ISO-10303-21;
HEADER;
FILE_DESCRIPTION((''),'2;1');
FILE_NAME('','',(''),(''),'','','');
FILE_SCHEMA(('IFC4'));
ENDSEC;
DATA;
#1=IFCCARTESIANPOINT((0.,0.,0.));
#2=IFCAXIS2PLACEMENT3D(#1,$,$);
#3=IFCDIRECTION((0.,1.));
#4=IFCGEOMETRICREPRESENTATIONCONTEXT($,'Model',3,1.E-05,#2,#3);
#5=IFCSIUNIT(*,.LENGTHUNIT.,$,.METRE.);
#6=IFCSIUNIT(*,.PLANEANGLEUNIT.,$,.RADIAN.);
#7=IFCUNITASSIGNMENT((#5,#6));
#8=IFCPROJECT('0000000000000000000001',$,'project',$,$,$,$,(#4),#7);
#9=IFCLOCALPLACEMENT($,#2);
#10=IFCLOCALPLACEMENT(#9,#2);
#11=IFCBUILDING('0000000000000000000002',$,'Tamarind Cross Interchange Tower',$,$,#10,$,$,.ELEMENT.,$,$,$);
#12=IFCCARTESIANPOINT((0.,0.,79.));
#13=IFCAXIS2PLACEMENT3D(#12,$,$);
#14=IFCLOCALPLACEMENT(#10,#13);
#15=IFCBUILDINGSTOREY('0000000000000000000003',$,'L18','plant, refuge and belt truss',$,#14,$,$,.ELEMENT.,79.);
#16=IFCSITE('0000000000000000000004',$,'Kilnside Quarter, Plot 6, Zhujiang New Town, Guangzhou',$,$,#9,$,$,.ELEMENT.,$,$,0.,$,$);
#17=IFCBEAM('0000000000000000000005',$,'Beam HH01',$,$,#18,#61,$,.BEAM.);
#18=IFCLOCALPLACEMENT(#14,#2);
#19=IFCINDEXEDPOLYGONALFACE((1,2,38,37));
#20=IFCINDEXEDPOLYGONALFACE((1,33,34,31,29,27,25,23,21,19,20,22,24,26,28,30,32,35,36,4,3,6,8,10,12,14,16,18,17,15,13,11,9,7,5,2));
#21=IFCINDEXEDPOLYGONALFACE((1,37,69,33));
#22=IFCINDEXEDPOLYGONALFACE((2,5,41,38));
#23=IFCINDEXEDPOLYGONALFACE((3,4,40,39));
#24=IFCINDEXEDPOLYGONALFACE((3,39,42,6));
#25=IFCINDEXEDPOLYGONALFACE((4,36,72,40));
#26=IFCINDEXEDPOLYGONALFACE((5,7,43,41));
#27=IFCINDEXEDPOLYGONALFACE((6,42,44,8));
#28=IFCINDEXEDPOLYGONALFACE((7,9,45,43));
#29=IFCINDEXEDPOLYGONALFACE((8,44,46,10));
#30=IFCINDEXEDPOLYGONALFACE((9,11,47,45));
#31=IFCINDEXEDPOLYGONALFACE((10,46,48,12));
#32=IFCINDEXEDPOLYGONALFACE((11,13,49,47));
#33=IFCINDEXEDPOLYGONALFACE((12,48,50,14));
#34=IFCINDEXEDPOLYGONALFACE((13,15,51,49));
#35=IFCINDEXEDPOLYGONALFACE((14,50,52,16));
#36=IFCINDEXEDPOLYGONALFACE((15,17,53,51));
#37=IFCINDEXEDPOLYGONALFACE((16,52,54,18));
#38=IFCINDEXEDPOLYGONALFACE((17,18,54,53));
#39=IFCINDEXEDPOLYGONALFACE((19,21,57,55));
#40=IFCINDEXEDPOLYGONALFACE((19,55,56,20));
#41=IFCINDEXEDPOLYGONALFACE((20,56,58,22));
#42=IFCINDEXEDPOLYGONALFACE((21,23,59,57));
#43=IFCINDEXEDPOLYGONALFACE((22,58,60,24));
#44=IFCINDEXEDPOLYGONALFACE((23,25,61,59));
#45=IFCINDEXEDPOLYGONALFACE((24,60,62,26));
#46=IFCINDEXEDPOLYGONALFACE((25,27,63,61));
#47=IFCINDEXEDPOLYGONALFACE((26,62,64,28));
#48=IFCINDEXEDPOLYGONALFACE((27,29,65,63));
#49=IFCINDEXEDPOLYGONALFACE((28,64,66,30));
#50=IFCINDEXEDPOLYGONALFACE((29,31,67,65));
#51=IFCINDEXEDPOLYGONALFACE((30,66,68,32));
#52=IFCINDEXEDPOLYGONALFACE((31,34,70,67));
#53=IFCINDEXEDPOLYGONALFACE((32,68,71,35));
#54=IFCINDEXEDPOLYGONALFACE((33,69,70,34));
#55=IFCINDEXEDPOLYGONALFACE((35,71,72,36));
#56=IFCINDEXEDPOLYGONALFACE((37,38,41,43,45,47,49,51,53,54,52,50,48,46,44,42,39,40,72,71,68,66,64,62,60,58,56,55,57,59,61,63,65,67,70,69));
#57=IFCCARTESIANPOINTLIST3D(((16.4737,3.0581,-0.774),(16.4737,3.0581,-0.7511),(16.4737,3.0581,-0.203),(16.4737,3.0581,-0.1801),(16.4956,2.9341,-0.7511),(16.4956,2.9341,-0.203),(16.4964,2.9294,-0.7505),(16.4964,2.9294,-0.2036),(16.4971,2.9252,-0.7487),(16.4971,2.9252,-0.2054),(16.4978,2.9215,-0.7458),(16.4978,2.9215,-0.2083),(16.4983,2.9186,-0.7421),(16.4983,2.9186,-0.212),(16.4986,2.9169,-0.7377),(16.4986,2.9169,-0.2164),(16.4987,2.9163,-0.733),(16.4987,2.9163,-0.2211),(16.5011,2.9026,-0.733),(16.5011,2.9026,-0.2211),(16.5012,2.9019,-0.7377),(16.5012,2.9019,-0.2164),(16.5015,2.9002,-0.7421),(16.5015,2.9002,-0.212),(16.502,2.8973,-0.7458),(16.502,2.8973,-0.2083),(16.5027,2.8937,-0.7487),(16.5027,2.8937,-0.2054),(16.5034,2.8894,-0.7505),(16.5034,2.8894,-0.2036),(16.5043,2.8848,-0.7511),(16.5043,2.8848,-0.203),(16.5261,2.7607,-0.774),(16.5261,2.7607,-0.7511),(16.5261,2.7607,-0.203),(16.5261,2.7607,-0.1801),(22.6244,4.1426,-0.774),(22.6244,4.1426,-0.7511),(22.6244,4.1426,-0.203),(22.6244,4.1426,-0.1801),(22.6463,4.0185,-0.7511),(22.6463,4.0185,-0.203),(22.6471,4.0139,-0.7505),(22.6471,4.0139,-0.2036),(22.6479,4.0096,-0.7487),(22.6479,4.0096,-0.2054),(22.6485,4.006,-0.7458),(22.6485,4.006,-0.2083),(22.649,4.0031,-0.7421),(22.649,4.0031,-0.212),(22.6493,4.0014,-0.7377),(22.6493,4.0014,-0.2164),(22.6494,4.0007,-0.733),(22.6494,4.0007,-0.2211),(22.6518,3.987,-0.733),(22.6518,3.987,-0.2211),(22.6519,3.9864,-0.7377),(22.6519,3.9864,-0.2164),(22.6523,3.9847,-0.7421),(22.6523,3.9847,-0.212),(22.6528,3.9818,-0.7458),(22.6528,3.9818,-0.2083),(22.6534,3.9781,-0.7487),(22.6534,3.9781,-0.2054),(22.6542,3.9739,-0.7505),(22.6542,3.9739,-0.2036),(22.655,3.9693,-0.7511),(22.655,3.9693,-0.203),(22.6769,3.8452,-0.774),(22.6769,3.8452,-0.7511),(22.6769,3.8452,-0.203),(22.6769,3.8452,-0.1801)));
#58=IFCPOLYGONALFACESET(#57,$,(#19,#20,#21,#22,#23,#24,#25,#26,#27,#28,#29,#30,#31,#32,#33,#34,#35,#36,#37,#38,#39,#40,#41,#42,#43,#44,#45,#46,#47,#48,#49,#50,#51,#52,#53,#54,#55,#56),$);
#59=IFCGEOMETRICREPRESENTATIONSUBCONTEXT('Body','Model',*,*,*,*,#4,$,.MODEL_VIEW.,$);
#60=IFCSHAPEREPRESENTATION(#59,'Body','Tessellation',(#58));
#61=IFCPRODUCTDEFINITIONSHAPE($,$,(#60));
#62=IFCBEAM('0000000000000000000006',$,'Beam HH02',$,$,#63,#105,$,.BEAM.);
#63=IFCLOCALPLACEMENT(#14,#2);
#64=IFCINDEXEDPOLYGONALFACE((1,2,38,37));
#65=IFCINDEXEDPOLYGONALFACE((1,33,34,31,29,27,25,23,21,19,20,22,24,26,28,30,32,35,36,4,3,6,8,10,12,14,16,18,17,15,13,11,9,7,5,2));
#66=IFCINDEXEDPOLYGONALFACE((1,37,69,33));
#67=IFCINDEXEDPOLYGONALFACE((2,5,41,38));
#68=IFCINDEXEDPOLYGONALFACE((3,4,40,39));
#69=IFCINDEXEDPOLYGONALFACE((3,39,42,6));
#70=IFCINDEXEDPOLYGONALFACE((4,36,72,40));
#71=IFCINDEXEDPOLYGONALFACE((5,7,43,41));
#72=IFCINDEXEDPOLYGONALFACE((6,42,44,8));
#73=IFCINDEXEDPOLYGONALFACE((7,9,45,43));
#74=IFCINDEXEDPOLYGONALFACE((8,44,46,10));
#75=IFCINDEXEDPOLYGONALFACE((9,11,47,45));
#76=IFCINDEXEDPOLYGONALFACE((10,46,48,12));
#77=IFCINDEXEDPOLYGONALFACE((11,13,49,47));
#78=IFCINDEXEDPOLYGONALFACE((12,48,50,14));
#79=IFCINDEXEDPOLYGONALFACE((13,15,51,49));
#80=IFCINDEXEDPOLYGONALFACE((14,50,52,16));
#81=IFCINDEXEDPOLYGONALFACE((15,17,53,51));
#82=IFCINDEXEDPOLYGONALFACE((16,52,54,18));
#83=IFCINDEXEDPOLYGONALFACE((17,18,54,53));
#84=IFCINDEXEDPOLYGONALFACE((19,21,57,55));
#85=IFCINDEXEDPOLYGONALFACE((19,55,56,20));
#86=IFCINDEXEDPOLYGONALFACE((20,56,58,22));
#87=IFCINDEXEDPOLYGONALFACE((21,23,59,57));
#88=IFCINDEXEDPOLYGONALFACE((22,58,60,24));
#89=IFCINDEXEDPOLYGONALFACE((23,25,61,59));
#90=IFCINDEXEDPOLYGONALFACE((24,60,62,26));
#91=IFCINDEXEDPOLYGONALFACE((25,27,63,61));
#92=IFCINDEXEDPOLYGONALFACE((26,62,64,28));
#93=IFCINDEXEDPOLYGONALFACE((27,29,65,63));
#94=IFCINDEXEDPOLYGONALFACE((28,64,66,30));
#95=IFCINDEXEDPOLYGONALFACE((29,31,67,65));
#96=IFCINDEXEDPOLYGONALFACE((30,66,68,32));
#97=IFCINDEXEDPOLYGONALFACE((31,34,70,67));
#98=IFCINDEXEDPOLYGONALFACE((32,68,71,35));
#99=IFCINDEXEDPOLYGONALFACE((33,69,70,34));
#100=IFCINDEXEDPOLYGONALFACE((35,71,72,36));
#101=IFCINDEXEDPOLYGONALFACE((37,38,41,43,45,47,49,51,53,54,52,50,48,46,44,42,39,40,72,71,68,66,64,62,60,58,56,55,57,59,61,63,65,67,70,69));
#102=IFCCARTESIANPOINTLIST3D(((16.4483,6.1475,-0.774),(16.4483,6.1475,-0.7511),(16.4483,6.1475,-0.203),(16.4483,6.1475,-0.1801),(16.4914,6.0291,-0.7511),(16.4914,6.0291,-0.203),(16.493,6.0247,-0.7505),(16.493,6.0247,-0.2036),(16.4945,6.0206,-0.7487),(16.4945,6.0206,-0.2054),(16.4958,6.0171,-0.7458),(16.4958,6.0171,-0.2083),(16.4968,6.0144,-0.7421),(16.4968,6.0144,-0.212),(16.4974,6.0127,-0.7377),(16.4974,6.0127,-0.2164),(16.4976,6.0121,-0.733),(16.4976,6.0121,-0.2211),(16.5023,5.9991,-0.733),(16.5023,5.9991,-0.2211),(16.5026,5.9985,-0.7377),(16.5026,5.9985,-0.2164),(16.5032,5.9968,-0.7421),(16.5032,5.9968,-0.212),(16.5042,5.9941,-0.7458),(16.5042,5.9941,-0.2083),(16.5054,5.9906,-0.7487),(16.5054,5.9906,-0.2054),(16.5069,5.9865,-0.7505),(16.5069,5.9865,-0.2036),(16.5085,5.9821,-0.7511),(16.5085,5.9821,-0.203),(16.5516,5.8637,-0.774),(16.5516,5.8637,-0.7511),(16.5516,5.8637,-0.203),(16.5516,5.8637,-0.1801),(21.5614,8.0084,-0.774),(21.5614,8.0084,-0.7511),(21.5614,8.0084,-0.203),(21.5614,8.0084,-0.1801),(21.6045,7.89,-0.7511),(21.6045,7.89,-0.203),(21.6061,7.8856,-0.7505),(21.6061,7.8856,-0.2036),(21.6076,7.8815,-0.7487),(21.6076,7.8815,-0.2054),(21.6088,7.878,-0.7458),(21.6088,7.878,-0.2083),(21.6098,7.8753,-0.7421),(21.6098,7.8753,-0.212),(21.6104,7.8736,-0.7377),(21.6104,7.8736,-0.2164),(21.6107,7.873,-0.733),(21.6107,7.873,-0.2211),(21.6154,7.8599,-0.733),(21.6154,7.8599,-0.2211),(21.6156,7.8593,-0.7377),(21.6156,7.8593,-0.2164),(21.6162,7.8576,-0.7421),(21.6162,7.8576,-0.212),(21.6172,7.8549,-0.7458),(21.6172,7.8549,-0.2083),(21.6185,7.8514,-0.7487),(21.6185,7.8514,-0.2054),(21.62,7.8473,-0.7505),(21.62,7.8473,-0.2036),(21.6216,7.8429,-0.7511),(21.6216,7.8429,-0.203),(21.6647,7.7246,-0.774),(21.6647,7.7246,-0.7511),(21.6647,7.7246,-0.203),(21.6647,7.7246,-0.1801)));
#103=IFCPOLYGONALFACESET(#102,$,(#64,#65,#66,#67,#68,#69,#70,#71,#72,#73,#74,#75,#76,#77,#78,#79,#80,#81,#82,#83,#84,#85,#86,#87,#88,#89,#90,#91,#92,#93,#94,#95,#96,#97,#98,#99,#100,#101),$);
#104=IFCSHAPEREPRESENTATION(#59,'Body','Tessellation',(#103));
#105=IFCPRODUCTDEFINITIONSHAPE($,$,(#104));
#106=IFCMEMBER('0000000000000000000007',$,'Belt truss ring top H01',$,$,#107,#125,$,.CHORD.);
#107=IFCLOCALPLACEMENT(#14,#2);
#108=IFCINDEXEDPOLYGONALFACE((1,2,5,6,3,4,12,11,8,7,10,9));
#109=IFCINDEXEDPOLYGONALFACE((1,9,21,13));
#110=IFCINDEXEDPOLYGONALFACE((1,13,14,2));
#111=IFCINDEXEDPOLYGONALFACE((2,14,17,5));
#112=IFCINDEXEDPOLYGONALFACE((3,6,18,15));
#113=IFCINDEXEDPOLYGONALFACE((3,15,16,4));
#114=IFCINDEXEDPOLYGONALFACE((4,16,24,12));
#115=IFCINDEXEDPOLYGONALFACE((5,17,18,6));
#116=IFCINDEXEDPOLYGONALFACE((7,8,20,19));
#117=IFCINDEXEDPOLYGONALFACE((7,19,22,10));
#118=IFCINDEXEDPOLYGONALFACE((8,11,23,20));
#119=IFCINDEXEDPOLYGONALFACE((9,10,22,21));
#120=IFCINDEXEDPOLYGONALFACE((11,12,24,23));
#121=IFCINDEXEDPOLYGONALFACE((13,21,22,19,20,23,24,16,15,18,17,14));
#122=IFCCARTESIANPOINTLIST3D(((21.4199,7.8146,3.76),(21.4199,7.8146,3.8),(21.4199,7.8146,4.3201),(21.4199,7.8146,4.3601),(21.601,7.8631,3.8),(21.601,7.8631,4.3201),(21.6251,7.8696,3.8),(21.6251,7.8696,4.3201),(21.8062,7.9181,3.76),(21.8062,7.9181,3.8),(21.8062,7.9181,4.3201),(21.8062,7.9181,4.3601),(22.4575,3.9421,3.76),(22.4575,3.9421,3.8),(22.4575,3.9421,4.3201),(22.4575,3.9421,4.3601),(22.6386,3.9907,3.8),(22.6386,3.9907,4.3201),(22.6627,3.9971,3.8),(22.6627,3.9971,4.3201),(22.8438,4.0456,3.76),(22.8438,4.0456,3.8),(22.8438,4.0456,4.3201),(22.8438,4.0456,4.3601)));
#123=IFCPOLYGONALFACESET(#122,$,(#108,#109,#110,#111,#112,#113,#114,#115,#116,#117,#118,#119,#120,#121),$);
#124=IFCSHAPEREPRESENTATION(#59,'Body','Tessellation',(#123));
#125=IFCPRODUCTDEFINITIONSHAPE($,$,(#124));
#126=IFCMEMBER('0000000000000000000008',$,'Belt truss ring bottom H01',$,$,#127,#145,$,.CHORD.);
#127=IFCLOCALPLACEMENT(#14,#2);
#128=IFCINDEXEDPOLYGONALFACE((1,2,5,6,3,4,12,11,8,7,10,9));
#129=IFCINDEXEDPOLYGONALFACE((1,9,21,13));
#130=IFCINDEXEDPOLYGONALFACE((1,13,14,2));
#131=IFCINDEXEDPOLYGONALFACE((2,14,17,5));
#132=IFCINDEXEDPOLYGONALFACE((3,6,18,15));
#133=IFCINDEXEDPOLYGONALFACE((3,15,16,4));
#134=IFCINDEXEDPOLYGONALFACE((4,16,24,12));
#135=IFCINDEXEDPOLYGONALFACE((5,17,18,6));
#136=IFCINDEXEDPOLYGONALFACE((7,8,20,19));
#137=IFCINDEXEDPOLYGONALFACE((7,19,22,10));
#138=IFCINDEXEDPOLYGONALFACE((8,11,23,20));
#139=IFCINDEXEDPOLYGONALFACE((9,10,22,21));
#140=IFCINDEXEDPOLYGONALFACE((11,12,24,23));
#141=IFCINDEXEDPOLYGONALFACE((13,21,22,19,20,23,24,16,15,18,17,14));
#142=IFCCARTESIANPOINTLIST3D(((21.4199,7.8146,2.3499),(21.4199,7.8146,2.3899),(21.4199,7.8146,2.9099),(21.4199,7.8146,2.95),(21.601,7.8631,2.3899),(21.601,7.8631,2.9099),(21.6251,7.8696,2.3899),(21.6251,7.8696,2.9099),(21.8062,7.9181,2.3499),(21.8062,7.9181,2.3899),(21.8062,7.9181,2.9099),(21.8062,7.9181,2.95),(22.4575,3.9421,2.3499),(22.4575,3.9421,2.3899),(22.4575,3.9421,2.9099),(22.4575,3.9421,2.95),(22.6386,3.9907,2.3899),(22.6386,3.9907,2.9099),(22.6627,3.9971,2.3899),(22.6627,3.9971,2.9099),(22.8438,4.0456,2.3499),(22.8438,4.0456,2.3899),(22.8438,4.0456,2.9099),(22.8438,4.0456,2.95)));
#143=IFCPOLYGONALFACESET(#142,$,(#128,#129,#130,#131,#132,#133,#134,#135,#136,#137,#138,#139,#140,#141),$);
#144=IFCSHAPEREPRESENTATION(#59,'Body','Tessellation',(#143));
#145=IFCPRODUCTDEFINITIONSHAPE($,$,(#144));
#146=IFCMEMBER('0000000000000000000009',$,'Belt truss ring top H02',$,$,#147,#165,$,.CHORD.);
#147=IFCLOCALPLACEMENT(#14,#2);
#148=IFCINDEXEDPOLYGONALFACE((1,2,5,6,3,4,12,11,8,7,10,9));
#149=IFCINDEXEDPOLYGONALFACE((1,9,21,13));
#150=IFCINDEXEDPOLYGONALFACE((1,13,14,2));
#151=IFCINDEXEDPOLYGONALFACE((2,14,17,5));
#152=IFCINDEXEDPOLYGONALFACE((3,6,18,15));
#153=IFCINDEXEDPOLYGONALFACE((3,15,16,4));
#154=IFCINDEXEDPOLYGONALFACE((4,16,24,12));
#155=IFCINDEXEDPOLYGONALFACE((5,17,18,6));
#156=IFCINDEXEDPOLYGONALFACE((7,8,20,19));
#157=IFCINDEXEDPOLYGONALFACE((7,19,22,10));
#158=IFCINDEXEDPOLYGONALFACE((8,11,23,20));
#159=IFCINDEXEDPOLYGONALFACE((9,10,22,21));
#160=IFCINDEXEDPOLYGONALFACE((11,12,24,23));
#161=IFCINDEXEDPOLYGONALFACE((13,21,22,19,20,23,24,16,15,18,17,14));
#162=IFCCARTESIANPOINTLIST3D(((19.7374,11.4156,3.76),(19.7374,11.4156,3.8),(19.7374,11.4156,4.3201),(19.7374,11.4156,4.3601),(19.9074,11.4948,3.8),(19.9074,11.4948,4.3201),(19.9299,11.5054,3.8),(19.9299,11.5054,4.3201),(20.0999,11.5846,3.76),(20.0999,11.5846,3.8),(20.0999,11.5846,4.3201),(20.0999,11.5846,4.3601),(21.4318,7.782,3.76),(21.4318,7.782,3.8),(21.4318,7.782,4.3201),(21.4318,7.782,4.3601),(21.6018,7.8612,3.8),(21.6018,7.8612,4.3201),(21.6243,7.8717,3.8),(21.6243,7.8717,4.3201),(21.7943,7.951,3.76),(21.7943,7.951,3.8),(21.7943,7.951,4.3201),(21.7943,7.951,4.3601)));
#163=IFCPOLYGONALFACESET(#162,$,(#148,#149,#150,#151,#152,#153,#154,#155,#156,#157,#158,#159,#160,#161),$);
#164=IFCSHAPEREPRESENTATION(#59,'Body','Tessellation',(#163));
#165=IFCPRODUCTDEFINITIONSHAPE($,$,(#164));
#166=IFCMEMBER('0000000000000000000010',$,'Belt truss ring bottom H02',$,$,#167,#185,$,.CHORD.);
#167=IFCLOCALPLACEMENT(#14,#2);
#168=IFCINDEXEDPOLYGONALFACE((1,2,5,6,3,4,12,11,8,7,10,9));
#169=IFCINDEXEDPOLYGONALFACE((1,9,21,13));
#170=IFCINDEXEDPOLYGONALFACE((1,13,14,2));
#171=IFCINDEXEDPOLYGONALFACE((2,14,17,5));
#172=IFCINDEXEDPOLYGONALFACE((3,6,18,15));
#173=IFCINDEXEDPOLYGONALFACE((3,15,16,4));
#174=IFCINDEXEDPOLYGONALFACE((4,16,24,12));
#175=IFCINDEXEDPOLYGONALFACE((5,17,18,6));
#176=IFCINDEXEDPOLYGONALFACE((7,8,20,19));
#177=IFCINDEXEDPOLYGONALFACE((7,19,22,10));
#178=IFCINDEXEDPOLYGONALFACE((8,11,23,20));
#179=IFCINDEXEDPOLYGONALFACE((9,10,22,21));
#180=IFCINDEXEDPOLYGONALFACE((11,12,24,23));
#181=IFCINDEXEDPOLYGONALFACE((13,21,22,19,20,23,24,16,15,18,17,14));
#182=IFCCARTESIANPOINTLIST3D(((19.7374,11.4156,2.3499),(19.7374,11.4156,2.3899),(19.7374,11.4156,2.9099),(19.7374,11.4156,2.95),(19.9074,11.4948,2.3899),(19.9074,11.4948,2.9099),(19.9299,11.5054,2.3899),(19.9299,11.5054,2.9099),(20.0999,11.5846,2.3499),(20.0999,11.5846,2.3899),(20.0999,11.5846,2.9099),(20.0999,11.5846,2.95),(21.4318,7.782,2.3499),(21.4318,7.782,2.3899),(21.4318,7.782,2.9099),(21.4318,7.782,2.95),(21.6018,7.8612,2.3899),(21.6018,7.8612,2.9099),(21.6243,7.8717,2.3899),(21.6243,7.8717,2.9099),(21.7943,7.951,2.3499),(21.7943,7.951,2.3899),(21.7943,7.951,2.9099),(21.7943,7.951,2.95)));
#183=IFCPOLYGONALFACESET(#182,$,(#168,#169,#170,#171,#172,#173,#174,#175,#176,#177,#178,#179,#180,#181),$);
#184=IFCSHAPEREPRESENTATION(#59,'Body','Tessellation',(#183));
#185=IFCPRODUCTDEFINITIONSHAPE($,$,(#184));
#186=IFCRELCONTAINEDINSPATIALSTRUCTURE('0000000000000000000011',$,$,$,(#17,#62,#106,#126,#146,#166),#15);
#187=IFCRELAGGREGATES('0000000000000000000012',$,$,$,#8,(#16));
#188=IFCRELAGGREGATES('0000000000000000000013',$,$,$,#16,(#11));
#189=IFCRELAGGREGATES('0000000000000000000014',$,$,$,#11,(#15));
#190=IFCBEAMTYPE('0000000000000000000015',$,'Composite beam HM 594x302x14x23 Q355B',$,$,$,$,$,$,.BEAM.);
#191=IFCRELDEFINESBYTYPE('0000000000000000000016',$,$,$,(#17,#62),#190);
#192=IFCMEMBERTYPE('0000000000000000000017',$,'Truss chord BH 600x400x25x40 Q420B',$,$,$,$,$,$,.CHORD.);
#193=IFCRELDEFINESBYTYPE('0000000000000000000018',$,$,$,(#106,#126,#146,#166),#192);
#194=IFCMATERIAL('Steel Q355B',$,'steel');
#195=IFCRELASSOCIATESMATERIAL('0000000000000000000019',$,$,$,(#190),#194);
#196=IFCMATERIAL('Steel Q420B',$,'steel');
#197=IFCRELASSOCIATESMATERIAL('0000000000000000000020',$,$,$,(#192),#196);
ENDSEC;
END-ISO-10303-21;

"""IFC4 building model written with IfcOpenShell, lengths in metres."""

from ifc_helpers import new_model, si_unit, direction, frame, origin, origin_2d, place, context, subcontext, project, spatial, i_section, extrude, material, material_profile, profile_set, type_object, element, save


model = new_model("IFC4")

# Units and contexts
model_context = context("Model", 3, precision=1e-05, world=origin(), true_north=direction((0.0, 1.0)))
body_context = subcontext(model_context, "Body", "Model", "MODEL_VIEW")
ifc_project = project(units=[si_unit("LENGTHUNIT", "METRE"), si_unit("PLANEANGLEUNIT", "RADIAN")], contexts=[model_context])

# Site, building, storey
site_placement = place(None, origin())
site = spatial("IfcSite", under=ifc_project, at=site_placement, Name="Kilnside Quarter, Plot 6, Zhujiang New Town, Guangzhou", CompositionType="ELEMENT", RefElevation=0.0)
building_placement = place(site_placement, origin())
building = spatial("IfcBuilding", under=site, at=building_placement, Name="Tamarind Cross Interchange Tower", CompositionType="ELEMENT")
storey_placement = place(building_placement, frame((0.0, 0.0, 79.0)))
storey = spatial("IfcBuildingStorey", under=building, at=storey_placement, Name="L18", Description="plant, refuge and belt truss", CompositionType="ELEMENT", Elevation=79.0)

# Beams
ifc_material_1 = material(Name="Steel Q355B", Category="steel")
ifc_material_profile_1 = material_profile(ifc_material_1, i_section(OverallWidth=0.302, OverallDepth=0.594, WebThickness=0.0139, FlangeThickness=0.0229, FilletRadius=0.0181, at=origin_2d()), Name="HM 594x302x14x23")
ifc_profile_set_1 = profile_set([ifc_material_profile_1], Name="Steel Q355B")
beam_type = type_object("IfcBeamType", Name="Composite beam HM 594x302x14x23 Q355B", PredefinedType="BEAM", material=ifc_profile_set_1)
beam_1_placement = place(storey_placement, frame((22.6506, 3.9939, -0.4771), z_axis=(-0.984809, -0.17364, 0.0), x_axis=(0.17364, -0.984809, 0.0)))
element("IfcBeam", 1, at=beam_1_placement, inside=storey, type_object=beam_type, Name="Beam HH01", PredefinedType="BEAM", context=body_context, shape_type="SweptSolid", body=[
    extrude(i_section(OverallWidth=0.302, OverallDepth=0.594, WebThickness=0.0139, FlangeThickness=0.0229, FilletRadius=0.0181, at=origin_2d()), origin(), (0.0, 0.0, 1.0), 6.2456),
])
beam_2_placement = place(storey_placement, frame((21.613, 7.8665, -0.4771), z_axis=(-0.939702, -0.341995, 0.0), x_axis=(0.341995, -0.939702, 0.0)))
element("IfcBeam", 2, at=beam_2_placement, inside=storey, type_object=beam_type, Name="Beam HH02", PredefinedType="BEAM", context=body_context, shape_type="SweptSolid", body=[
    extrude(i_section(OverallWidth=0.302, OverallDepth=0.594, WebThickness=0.0139, FlangeThickness=0.0229, FilletRadius=0.0181, at=origin_2d()), origin(), (0.0, 0.0, 1.0), 5.4412),
])

# Members
ifc_material_2 = material(Name="Steel Q420B", Category="steel")
ifc_material_profile_2 = material_profile(ifc_material_2, i_section(OverallWidth=0.3999, OverallDepth=0.6001, WebThickness=0.0249, FlangeThickness=0.04, at=origin_2d()), Name="BH 600x400x25x40")
ifc_profile_set_2 = profile_set([ifc_material_profile_2], Name="Steel Q420B")
member_type_1 = type_object("IfcMemberType", Name="Truss chord BH 600x400x25x40 Q420B", PredefinedType="CHORD", material=ifc_profile_set_2)
for number, where, z_axis, x_axis, name in (
    (3, (22.6506, 3.9939, 4.0601), (-0.258807, 0.965929, 0.0), (-0.965929, -0.258807, 0.0), "Belt truss ring top H01"),
    (4, (22.6506, 3.9939, 2.6499), (-0.258807, 0.965929, 0.0), (-0.965929, -0.258807, 0.0), "Belt truss ring bottom H01"),
):
    element("IfcMember", number, at=place(storey_placement, frame(where, z_axis=z_axis, x_axis=x_axis)), inside=storey, type_object=member_type_1, Name=name, PredefinedType="CHORD", context=body_context, shape_type="SweptSolid", body=[
        extrude(i_section(OverallWidth=0.3999, OverallDepth=0.6001, WebThickness=0.0249, FlangeThickness=0.04, at=origin_2d()), origin(), (0.0, 0.0, 1.0), 4.009),
    ])
for number, where, z_axis, x_axis, name in (
    (5, (21.613, 7.8665, 4.0601), (-0.422615, 0.906309, 0.0), (-0.906309, -0.422615, 0.0), "Belt truss ring top H02"),
    (6, (21.613, 7.8665, 2.6499), (-0.422615, 0.906309, 0.0), (-0.906309, -0.422615, 0.0), "Belt truss ring bottom H02"),
):
    element("IfcMember", number, at=place(storey_placement, frame(where, z_axis=z_axis, x_axis=x_axis)), inside=storey, type_object=member_type_1, Name=name, PredefinedType="CHORD", context=body_context, shape_type="SweptSolid", body=[
        extrude(i_section(OverallWidth=0.3999, OverallDepth=0.6001, WebThickness=0.0249, FlangeThickness=0.04, at=origin_2d()), origin(), (0.0, 0.0, 1.0), 4.0093),
    ])

save(model, "model.ifc")
